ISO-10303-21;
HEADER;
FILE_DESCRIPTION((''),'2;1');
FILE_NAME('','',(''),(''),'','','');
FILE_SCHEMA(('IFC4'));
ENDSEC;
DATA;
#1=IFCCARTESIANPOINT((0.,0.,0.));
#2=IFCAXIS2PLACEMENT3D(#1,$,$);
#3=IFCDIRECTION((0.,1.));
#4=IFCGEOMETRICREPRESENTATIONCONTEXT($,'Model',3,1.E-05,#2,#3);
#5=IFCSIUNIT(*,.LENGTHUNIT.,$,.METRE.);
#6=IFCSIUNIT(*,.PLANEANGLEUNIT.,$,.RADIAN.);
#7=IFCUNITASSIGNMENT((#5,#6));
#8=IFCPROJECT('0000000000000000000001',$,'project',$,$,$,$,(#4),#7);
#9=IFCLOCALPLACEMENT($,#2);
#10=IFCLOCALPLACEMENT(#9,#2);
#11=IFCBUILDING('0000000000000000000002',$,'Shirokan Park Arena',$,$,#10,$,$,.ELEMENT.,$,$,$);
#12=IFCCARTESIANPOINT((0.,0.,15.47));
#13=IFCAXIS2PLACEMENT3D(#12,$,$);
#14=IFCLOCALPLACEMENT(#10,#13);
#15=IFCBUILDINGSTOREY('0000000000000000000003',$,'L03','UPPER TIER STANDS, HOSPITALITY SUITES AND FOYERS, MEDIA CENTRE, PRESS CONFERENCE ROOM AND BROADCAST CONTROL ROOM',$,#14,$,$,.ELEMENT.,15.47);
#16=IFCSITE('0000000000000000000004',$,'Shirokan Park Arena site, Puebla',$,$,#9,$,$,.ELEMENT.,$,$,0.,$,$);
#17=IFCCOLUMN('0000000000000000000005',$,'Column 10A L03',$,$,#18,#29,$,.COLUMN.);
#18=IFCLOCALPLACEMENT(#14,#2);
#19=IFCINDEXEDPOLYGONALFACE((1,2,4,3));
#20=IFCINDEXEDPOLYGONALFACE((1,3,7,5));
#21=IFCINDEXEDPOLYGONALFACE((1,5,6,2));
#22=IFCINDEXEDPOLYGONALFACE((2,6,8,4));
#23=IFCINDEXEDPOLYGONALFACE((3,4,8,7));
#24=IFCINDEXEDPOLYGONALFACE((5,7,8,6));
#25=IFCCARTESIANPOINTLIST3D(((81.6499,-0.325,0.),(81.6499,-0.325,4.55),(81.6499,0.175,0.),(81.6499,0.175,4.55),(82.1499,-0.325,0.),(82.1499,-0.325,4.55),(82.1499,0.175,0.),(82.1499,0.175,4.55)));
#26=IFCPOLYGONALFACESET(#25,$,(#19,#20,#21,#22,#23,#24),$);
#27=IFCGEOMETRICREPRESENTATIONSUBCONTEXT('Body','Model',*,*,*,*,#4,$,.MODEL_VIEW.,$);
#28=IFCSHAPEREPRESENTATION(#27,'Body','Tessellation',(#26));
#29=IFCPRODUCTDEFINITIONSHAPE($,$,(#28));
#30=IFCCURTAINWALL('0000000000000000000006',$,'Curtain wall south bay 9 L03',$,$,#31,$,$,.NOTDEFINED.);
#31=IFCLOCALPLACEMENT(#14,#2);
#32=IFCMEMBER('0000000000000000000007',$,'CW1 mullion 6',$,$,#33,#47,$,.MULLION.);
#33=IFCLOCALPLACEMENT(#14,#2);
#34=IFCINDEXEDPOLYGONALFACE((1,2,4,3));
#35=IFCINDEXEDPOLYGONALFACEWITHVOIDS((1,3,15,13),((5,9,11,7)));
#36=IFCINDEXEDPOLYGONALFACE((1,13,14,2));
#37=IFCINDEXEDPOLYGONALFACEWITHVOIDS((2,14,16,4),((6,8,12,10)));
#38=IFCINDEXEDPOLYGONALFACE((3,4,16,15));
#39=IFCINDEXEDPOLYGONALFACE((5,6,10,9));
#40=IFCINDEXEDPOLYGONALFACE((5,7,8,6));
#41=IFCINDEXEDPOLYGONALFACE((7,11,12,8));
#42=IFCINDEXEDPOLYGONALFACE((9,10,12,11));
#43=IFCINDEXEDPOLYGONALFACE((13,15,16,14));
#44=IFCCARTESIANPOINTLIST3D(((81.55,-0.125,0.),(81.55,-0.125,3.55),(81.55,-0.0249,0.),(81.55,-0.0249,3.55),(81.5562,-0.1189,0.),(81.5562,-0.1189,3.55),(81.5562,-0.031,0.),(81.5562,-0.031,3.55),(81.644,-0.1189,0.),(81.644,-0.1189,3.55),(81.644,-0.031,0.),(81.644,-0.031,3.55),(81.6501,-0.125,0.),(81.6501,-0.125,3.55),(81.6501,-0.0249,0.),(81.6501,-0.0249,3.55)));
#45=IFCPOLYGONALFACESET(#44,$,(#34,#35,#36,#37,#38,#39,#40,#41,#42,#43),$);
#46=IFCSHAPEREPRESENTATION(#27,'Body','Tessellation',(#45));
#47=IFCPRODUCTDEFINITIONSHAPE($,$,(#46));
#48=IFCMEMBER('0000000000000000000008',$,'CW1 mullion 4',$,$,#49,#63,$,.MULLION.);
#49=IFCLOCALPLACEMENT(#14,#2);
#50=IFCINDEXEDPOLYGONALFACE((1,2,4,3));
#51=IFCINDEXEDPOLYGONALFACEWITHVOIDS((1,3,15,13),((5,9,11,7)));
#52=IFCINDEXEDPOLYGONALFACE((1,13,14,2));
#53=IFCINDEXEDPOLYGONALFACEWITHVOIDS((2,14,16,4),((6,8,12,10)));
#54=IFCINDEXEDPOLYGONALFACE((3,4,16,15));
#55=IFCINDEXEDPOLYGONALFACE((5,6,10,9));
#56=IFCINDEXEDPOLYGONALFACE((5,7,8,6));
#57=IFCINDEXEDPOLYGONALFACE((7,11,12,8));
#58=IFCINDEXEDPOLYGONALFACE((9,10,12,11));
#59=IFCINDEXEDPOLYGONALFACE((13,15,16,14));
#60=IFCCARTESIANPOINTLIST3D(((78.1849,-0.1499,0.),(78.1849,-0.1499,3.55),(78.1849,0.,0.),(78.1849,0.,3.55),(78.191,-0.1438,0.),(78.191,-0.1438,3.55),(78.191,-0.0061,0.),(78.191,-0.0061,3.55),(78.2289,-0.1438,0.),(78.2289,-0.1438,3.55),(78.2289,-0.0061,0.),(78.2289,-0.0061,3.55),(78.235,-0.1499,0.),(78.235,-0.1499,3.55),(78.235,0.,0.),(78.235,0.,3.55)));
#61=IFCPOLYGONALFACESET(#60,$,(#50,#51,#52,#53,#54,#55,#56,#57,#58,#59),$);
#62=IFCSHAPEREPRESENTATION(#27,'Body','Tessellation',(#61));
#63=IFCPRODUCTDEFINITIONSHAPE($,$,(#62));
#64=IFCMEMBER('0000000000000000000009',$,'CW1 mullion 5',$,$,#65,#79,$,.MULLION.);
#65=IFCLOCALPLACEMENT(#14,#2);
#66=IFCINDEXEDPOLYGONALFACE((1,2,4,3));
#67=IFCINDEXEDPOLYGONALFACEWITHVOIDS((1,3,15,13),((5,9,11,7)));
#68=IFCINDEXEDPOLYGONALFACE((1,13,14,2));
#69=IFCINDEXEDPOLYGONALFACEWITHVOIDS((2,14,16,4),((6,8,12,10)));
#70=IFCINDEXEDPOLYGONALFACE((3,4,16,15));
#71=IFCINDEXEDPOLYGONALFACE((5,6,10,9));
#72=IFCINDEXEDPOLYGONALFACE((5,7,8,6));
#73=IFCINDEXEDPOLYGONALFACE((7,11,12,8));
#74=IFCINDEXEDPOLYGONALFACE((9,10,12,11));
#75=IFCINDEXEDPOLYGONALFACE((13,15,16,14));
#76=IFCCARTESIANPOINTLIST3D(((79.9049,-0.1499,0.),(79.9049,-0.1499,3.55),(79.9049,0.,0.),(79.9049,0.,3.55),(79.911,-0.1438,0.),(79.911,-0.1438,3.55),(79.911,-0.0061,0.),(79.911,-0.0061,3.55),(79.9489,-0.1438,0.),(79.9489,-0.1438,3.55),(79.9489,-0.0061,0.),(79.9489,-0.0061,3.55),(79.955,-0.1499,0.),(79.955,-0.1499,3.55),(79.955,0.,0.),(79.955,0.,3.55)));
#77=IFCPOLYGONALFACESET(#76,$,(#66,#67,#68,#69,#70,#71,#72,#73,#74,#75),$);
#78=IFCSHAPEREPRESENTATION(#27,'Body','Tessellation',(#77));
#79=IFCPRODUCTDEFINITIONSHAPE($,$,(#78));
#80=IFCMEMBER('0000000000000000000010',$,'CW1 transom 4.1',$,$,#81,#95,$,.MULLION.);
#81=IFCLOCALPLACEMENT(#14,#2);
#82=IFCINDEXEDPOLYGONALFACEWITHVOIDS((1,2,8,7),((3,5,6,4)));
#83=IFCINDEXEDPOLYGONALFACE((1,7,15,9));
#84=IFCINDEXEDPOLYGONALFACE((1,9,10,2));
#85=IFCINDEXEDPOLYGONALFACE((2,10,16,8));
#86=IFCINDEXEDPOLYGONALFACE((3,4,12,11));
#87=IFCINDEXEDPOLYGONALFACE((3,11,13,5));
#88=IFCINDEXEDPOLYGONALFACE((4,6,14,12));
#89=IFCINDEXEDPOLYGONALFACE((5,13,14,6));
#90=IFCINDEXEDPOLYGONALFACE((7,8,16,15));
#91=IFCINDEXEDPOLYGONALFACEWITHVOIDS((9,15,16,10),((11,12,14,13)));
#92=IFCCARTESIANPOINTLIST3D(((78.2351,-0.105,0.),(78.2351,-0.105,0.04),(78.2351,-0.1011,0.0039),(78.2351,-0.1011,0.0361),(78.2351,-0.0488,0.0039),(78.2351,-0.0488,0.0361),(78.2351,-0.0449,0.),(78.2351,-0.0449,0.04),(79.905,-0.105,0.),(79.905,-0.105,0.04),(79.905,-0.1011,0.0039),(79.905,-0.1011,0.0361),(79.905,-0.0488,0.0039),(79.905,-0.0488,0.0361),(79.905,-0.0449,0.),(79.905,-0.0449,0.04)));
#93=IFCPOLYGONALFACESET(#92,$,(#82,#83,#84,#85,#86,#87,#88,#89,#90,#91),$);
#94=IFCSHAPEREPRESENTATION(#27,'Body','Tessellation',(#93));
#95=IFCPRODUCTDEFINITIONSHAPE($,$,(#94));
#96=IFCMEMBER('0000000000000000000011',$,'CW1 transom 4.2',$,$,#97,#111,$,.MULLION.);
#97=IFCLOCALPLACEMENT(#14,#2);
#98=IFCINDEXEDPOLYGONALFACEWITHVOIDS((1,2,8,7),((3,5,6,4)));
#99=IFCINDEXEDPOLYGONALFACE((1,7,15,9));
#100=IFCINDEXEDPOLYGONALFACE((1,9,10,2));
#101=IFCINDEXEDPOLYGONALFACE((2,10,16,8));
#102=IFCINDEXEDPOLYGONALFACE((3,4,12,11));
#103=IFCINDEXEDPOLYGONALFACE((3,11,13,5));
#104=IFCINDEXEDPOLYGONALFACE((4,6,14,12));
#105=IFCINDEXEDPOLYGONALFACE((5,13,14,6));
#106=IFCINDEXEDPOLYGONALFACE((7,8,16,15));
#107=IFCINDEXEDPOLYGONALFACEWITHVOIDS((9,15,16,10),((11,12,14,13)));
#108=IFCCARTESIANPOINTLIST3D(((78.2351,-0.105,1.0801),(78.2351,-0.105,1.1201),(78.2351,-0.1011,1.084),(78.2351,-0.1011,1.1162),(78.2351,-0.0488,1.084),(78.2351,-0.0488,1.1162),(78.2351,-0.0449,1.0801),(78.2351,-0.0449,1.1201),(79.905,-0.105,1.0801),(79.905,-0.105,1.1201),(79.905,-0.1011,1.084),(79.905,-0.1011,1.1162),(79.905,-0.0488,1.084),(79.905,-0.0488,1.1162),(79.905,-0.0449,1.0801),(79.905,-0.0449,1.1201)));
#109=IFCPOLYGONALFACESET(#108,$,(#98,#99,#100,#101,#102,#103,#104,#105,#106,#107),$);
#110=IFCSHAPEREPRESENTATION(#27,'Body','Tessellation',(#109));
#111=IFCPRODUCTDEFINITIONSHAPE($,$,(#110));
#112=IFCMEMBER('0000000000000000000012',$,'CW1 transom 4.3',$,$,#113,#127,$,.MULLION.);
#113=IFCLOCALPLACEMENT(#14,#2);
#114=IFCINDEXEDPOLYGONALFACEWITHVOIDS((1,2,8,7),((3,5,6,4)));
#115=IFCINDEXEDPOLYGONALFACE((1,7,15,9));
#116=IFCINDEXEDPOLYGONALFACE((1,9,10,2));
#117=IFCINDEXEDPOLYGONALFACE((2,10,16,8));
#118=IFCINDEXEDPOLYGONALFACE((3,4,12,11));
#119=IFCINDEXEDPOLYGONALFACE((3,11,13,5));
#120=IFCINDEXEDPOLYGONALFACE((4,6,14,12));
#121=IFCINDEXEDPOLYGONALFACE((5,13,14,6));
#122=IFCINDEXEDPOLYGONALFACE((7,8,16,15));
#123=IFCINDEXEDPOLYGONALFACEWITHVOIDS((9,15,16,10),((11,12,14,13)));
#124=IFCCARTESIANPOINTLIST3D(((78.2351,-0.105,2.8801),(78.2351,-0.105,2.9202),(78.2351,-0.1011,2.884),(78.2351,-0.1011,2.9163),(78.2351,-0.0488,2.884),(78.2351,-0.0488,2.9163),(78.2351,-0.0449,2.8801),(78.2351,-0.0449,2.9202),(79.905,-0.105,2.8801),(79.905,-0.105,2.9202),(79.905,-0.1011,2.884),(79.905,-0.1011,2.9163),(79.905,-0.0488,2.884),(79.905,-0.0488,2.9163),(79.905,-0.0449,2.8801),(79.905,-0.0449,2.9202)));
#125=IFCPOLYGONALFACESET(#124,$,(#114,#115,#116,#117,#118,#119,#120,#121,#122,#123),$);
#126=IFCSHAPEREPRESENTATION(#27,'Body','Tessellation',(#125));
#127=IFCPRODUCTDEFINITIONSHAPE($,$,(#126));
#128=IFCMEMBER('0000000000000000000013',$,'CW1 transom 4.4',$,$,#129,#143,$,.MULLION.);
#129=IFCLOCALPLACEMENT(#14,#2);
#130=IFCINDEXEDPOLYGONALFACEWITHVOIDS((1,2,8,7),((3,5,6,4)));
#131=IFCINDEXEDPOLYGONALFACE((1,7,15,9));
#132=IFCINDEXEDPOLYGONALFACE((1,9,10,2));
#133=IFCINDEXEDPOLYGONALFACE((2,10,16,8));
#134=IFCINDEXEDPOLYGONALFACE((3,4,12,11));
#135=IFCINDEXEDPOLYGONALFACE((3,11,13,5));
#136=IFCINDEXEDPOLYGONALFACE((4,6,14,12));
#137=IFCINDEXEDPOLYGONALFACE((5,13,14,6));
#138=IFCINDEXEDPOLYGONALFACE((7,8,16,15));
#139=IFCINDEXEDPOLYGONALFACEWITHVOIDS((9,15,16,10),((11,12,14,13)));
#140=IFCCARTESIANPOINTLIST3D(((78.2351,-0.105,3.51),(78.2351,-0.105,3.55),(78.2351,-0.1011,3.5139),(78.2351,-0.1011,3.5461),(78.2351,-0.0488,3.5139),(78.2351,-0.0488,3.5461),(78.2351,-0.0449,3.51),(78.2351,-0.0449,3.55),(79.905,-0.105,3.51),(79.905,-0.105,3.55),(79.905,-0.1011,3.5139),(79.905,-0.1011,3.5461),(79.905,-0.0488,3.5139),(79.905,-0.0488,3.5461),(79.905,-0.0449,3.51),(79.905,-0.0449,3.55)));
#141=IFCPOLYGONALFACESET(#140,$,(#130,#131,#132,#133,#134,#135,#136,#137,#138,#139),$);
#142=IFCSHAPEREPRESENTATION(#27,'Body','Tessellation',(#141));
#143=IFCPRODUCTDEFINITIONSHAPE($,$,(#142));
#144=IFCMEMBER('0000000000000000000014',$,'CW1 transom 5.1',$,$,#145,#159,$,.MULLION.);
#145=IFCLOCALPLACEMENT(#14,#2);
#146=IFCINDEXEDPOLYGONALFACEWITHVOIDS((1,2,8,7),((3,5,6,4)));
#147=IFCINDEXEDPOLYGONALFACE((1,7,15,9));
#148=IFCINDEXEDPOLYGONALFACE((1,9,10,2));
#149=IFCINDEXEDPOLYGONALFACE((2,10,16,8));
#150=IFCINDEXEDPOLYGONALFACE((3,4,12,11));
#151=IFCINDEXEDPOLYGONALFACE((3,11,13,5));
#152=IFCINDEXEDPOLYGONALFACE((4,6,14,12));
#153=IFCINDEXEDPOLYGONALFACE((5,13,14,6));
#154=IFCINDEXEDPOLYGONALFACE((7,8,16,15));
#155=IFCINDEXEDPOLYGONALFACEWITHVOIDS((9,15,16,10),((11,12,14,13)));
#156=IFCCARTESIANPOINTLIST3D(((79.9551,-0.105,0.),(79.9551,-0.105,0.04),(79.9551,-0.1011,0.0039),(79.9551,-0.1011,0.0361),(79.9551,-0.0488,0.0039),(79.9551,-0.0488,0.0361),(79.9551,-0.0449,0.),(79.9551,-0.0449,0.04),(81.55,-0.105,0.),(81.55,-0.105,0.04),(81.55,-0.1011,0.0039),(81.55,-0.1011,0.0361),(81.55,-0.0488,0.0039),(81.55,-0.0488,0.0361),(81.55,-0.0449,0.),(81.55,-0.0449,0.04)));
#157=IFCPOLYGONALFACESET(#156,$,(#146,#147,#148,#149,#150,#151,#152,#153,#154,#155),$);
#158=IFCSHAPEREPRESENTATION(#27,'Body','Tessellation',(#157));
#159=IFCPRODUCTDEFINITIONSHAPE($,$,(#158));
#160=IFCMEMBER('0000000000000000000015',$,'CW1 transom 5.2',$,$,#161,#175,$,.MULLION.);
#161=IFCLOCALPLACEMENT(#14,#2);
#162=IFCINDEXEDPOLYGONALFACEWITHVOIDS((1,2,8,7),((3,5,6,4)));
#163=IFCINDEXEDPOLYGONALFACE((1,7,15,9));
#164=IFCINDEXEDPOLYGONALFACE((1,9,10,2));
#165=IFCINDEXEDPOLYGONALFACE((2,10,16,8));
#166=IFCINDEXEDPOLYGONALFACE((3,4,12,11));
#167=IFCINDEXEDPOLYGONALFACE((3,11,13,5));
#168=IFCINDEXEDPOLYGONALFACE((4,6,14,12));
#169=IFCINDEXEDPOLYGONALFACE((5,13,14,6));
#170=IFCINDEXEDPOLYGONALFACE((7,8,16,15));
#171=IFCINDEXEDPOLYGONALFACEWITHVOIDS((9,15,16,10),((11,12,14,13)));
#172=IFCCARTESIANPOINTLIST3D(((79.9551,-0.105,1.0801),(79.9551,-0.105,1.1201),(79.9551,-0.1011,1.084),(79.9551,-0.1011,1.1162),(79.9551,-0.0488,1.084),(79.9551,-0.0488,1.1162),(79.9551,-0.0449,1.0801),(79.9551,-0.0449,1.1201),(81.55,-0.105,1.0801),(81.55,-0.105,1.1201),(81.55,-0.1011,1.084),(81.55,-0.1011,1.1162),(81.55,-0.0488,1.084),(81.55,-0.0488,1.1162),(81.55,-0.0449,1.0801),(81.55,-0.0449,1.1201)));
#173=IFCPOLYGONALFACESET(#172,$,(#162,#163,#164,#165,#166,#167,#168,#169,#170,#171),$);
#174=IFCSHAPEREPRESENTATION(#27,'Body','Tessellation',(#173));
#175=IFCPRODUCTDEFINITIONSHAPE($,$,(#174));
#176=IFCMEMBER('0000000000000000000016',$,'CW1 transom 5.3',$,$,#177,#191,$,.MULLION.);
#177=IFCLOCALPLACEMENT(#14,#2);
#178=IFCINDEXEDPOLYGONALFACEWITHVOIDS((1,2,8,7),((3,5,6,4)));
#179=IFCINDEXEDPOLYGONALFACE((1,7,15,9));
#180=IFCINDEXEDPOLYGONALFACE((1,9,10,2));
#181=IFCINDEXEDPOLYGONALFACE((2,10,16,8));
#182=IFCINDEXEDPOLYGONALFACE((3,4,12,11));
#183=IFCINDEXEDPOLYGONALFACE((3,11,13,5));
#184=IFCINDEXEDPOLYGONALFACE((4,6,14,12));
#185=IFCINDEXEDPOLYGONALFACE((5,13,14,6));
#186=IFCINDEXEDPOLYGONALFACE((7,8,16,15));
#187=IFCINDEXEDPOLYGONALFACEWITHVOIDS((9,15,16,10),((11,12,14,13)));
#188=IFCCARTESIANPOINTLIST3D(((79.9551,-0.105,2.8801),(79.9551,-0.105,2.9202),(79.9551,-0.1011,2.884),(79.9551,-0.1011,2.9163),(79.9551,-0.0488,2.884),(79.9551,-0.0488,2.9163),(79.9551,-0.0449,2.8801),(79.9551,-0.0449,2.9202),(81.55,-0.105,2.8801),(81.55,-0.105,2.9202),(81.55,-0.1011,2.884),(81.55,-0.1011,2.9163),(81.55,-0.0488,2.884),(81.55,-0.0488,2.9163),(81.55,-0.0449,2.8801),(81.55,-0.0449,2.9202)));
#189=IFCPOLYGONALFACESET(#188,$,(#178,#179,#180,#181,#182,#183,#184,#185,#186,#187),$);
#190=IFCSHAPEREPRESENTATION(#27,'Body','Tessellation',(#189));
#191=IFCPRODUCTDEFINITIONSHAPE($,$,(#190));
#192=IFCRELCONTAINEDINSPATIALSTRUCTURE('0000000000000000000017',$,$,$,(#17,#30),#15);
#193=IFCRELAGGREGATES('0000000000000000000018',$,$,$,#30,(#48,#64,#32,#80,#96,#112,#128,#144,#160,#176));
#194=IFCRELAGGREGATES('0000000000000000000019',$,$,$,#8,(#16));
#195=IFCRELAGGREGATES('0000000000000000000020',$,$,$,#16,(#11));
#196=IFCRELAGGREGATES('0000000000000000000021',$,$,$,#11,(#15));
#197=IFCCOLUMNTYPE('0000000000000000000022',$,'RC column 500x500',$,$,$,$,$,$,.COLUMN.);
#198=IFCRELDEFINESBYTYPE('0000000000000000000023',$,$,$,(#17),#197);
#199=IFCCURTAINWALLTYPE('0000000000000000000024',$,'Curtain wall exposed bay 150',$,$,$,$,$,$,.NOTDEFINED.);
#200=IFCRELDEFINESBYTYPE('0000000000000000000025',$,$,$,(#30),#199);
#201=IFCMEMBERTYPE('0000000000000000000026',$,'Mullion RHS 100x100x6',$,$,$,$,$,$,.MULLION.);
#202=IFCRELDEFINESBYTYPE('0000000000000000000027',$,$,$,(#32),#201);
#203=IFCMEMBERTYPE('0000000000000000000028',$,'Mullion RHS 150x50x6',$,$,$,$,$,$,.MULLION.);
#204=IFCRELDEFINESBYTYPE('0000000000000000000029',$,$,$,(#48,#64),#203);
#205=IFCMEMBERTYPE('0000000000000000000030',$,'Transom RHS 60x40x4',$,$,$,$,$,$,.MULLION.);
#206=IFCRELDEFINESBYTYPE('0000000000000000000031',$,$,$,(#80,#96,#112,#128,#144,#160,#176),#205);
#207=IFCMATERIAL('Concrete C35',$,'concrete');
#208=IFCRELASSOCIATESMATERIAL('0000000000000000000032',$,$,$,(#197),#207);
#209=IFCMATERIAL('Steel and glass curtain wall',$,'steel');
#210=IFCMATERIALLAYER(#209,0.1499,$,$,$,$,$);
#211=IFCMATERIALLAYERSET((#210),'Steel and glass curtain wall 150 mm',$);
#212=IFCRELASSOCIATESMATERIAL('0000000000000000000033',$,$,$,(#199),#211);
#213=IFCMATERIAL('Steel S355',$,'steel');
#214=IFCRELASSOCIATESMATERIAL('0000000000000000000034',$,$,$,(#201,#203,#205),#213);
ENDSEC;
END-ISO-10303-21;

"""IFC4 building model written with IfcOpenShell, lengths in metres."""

from ifc_helpers import new_model, si_unit, direction, frame, origin, origin_2d, place, context, subcontext, project, spatial, rectangle, hollow_rectangle, extrude, material, layer, layer_set, material_profile, profile_set, type_object, element, aggregate, save


model = new_model("IFC4")

# Units and contexts
model_context = context("Model", 3, precision=1e-05, world=origin(), true_north=direction((0.0, 1.0)))
body_context = subcontext(model_context, "Body", "Model", "MODEL_VIEW")
ifc_project = project(units=[si_unit("LENGTHUNIT", "METRE"), si_unit("PLANEANGLEUNIT", "RADIAN")], contexts=[model_context])

# Site, building, storey
site_placement = place(None, origin())
site = spatial("IfcSite", under=ifc_project, at=site_placement, Name="Shirokan Park Arena site, Puebla", CompositionType="ELEMENT", RefElevation=0.0)
building_placement = place(site_placement, origin())
building = spatial("IfcBuilding", under=site, at=building_placement, Name="Shirokan Park Arena", CompositionType="ELEMENT")
storey_placement = place(building_placement, frame((0.0, 0.0, 15.47)))
storey = spatial("IfcBuildingStorey", under=building, at=storey_placement, Name="L03", Description="UPPER TIER STANDS, HOSPITALITY SUITES AND FOYERS, MEDIA CENTRE, PRESS CONFERENCE ROOM AND BROADCAST CONTROL ROOM", CompositionType="ELEMENT", Elevation=15.47)

# Column
ifc_material_1 = material(Name="Concrete C35", Category="concrete")
ifc_material_profile_1 = material_profile(ifc_material_1, rectangle(XDim=0.5, YDim=0.5, at=origin_2d()), Name="500x500")
ifc_profile_set_1 = profile_set([ifc_material_profile_1], Name="Concrete C35")
column_type = type_object("IfcColumnType", Name="RC column 500x500", PredefinedType="COLUMN", material=ifc_profile_set_1)
column_placement = place(storey_placement, frame((81.8999, -0.075, 0.0), z_axis=(0.0, 0.0, 1.0), x_axis=(1.0, 0.0, 0.0)))
element("IfcColumn", 1, at=column_placement, inside=storey, type_object=column_type, Name="Column 10A L03", PredefinedType="COLUMN", context=body_context, shape_type="SweptSolid", body=[
    extrude(rectangle(XDim=0.5, YDim=0.5, at=origin_2d()), origin(), (0.0, 0.0, 1.0), 4.55),
])

# Curtain wall, members
ifc_material_2 = material(Name="Steel and glass curtain wall", Category="steel")
ifc_layer_1 = layer(ifc_material_2, 0.1499)
ifc_layer_set_1 = layer_set([ifc_layer_1], Name="Steel and glass curtain wall 150 mm")
curtain_wall_type = type_object("IfcCurtainWallType", Name="Curtain wall exposed bay 150", PredefinedType="NOTDEFINED", material=ifc_layer_set_1)
curtain_wall_placement = place(storey_placement, origin())
curtain_wall = element("IfcCurtainWall", 2, at=curtain_wall_placement, inside=storey, type_object=curtain_wall_type, Name="Curtain wall south bay 9 L03", PredefinedType="NOTDEFINED")
ifc_material_3 = material(Name="Steel S355", Category="steel")
ifc_material_profile_2 = material_profile(ifc_material_3, hollow_rectangle(XDim=0.1001, YDim=0.1001, WallThickness=0.0061, at=origin_2d()), Name="RHS 100x100x6")
ifc_profile_set_2 = profile_set([ifc_material_profile_2], Name="Steel S355")
member_type_1 = type_object("IfcMemberType", Name="Mullion RHS 100x100x6", PredefinedType="MULLION", material=ifc_profile_set_2)
member_1_placement = place(storey_placement, frame((81.6001, -0.075, 0.0), z_axis=(0.0, 0.0, 1.0), x_axis=(0.0, 1.0, 0.0)))
member_1 = element("IfcMember", 3, at=member_1_placement, type_object=member_type_1, Name="CW1 mullion 6", PredefinedType="MULLION", context=body_context, shape_type="SweptSolid", body=[
    extrude(hollow_rectangle(XDim=0.1001, YDim=0.1001, WallThickness=0.0061, at=origin_2d()), origin(), (0.0, 0.0, 1.0), 3.55),
])
ifc_material_profile_3 = material_profile(ifc_material_3, hollow_rectangle(XDim=0.1499, YDim=0.05, WallThickness=0.0061, at=origin_2d()), Name="RHS 150x50x6")
ifc_profile_set_3 = profile_set([ifc_material_profile_3], Name="Steel S355")
member_type_2 = type_object("IfcMemberType", Name="Mullion RHS 150x50x6", PredefinedType="MULLION", material=ifc_profile_set_3)
member_2_placement = place(storey_placement, frame((78.21, -0.075, 0.0), z_axis=(0.0, 0.0, 1.0), x_axis=(0.0, 1.0, 0.0)))
member_2 = element("IfcMember", 4, at=member_2_placement, type_object=member_type_2, Name="CW1 mullion 4", PredefinedType="MULLION", context=body_context, shape_type="SweptSolid", body=[
    extrude(hollow_rectangle(XDim=0.1499, YDim=0.05, WallThickness=0.0061, at=origin_2d()), origin(), (0.0, 0.0, 1.0), 3.55),
])
member_3_placement = place(storey_placement, frame((79.9299, -0.075, 0.0), z_axis=(0.0, 0.0, 1.0), x_axis=(0.0, 1.0, 0.0)))
member_3 = element("IfcMember", 5, at=member_3_placement, type_object=member_type_2, Name="CW1 mullion 5", PredefinedType="MULLION", context=body_context, shape_type="SweptSolid", body=[
    extrude(hollow_rectangle(XDim=0.1499, YDim=0.05, WallThickness=0.0061, at=origin_2d()), origin(), (0.0, 0.0, 1.0), 3.55),
])
ifc_material_profile_4 = material_profile(ifc_material_3, hollow_rectangle(XDim=0.0601, YDim=0.04, WallThickness=0.0039, at=origin_2d()), Name="RHS 60x40x4")
ifc_profile_set_4 = profile_set([ifc_material_profile_4], Name="Steel S355")
member_type_3 = type_object("IfcMemberType", Name="Transom RHS 60x40x4", PredefinedType="MULLION", material=ifc_profile_set_4)
member_4_placement = place(storey_placement, frame((78.2351, -0.075, 0.02), z_axis=(1.0, 0.0, 0.0), x_axis=(0.0, 1.0, 0.0)))
member_4 = element("IfcMember", 6, at=member_4_placement, type_object=member_type_3, Name="CW1 transom 4.1", PredefinedType="MULLION", context=body_context, shape_type="SweptSolid", body=[
    extrude(hollow_rectangle(XDim=0.0601, YDim=0.04, WallThickness=0.0039, at=origin_2d()), origin(), (0.0, 0.0, 1.0), 1.6699),
])
member_5_placement = place(storey_placement, frame((78.2351, -0.075, 1.1001), z_axis=(1.0, 0.0, 0.0), x_axis=(0.0, 1.0, 0.0)))
member_5 = element("IfcMember", 7, at=member_5_placement, type_object=member_type_3, Name="CW1 transom 4.2", PredefinedType="MULLION", context=body_context, shape_type="SweptSolid", body=[
    extrude(hollow_rectangle(XDim=0.0601, YDim=0.04, WallThickness=0.0039, at=origin_2d()), origin(), (0.0, 0.0, 1.0), 1.6699),
])
member_6_placement = place(storey_placement, frame((78.2351, -0.075, 2.9001), z_axis=(1.0, 0.0, 0.0), x_axis=(0.0, 1.0, 0.0)))
member_6 = element("IfcMember", 8, at=member_6_placement, type_object=member_type_3, Name="CW1 transom 4.3", PredefinedType="MULLION", context=body_context, shape_type="SweptSolid", body=[
    extrude(hollow_rectangle(XDim=0.0601, YDim=0.04, WallThickness=0.0039, at=origin_2d()), origin(), (0.0, 0.0, 1.0), 1.6699),
])
member_7_placement = place(storey_placement, frame((78.2351, -0.075, 3.53), z_axis=(1.0, 0.0, 0.0), x_axis=(0.0, 1.0, 0.0)))
member_7 = element("IfcMember", 9, at=member_7_placement, type_object=member_type_3, Name="CW1 transom 4.4", PredefinedType="MULLION", context=body_context, shape_type="SweptSolid", body=[
    extrude(hollow_rectangle(XDim=0.0601, YDim=0.04, WallThickness=0.0039, at=origin_2d()), origin(), (0.0, 0.0, 1.0), 1.6699),
])
member_8_placement = place(storey_placement, frame((79.9551, -0.075, 0.02), z_axis=(1.0, 0.0, 0.0), x_axis=(0.0, 1.0, 0.0)))
member_8 = element("IfcMember", 10, at=member_8_placement, type_object=member_type_3, Name="CW1 transom 5.1", PredefinedType="MULLION", context=body_context, shape_type="SweptSolid", body=[
    extrude(hollow_rectangle(XDim=0.0601, YDim=0.04, WallThickness=0.0039, at=origin_2d()), origin(), (0.0, 0.0, 1.0), 1.595),
])
member_9_placement = place(storey_placement, frame((79.9551, -0.075, 1.1001), z_axis=(1.0, 0.0, 0.0), x_axis=(0.0, 1.0, 0.0)))
member_9 = element("IfcMember", 11, at=member_9_placement, type_object=member_type_3, Name="CW1 transom 5.2", PredefinedType="MULLION", context=body_context, shape_type="SweptSolid", body=[
    extrude(hollow_rectangle(XDim=0.0601, YDim=0.04, WallThickness=0.0039, at=origin_2d()), origin(), (0.0, 0.0, 1.0), 1.595),
])
member_10_placement = place(storey_placement, frame((79.9551, -0.075, 2.9001), z_axis=(1.0, 0.0, 0.0), x_axis=(0.0, 1.0, 0.0)))
member_10 = element("IfcMember", 12, at=member_10_placement, type_object=member_type_3, Name="CW1 transom 5.3", PredefinedType="MULLION", context=body_context, shape_type="SweptSolid", body=[
    extrude(hollow_rectangle(XDim=0.0601, YDim=0.04, WallThickness=0.0039, at=origin_2d()), origin(), (0.0, 0.0, 1.0), 1.595),
])
aggregate(curtain_wall, [member_2, member_3, member_1, member_4, member_5, member_6, member_7, member_8, member_9, member_10])

save(model, "model.ifc")
